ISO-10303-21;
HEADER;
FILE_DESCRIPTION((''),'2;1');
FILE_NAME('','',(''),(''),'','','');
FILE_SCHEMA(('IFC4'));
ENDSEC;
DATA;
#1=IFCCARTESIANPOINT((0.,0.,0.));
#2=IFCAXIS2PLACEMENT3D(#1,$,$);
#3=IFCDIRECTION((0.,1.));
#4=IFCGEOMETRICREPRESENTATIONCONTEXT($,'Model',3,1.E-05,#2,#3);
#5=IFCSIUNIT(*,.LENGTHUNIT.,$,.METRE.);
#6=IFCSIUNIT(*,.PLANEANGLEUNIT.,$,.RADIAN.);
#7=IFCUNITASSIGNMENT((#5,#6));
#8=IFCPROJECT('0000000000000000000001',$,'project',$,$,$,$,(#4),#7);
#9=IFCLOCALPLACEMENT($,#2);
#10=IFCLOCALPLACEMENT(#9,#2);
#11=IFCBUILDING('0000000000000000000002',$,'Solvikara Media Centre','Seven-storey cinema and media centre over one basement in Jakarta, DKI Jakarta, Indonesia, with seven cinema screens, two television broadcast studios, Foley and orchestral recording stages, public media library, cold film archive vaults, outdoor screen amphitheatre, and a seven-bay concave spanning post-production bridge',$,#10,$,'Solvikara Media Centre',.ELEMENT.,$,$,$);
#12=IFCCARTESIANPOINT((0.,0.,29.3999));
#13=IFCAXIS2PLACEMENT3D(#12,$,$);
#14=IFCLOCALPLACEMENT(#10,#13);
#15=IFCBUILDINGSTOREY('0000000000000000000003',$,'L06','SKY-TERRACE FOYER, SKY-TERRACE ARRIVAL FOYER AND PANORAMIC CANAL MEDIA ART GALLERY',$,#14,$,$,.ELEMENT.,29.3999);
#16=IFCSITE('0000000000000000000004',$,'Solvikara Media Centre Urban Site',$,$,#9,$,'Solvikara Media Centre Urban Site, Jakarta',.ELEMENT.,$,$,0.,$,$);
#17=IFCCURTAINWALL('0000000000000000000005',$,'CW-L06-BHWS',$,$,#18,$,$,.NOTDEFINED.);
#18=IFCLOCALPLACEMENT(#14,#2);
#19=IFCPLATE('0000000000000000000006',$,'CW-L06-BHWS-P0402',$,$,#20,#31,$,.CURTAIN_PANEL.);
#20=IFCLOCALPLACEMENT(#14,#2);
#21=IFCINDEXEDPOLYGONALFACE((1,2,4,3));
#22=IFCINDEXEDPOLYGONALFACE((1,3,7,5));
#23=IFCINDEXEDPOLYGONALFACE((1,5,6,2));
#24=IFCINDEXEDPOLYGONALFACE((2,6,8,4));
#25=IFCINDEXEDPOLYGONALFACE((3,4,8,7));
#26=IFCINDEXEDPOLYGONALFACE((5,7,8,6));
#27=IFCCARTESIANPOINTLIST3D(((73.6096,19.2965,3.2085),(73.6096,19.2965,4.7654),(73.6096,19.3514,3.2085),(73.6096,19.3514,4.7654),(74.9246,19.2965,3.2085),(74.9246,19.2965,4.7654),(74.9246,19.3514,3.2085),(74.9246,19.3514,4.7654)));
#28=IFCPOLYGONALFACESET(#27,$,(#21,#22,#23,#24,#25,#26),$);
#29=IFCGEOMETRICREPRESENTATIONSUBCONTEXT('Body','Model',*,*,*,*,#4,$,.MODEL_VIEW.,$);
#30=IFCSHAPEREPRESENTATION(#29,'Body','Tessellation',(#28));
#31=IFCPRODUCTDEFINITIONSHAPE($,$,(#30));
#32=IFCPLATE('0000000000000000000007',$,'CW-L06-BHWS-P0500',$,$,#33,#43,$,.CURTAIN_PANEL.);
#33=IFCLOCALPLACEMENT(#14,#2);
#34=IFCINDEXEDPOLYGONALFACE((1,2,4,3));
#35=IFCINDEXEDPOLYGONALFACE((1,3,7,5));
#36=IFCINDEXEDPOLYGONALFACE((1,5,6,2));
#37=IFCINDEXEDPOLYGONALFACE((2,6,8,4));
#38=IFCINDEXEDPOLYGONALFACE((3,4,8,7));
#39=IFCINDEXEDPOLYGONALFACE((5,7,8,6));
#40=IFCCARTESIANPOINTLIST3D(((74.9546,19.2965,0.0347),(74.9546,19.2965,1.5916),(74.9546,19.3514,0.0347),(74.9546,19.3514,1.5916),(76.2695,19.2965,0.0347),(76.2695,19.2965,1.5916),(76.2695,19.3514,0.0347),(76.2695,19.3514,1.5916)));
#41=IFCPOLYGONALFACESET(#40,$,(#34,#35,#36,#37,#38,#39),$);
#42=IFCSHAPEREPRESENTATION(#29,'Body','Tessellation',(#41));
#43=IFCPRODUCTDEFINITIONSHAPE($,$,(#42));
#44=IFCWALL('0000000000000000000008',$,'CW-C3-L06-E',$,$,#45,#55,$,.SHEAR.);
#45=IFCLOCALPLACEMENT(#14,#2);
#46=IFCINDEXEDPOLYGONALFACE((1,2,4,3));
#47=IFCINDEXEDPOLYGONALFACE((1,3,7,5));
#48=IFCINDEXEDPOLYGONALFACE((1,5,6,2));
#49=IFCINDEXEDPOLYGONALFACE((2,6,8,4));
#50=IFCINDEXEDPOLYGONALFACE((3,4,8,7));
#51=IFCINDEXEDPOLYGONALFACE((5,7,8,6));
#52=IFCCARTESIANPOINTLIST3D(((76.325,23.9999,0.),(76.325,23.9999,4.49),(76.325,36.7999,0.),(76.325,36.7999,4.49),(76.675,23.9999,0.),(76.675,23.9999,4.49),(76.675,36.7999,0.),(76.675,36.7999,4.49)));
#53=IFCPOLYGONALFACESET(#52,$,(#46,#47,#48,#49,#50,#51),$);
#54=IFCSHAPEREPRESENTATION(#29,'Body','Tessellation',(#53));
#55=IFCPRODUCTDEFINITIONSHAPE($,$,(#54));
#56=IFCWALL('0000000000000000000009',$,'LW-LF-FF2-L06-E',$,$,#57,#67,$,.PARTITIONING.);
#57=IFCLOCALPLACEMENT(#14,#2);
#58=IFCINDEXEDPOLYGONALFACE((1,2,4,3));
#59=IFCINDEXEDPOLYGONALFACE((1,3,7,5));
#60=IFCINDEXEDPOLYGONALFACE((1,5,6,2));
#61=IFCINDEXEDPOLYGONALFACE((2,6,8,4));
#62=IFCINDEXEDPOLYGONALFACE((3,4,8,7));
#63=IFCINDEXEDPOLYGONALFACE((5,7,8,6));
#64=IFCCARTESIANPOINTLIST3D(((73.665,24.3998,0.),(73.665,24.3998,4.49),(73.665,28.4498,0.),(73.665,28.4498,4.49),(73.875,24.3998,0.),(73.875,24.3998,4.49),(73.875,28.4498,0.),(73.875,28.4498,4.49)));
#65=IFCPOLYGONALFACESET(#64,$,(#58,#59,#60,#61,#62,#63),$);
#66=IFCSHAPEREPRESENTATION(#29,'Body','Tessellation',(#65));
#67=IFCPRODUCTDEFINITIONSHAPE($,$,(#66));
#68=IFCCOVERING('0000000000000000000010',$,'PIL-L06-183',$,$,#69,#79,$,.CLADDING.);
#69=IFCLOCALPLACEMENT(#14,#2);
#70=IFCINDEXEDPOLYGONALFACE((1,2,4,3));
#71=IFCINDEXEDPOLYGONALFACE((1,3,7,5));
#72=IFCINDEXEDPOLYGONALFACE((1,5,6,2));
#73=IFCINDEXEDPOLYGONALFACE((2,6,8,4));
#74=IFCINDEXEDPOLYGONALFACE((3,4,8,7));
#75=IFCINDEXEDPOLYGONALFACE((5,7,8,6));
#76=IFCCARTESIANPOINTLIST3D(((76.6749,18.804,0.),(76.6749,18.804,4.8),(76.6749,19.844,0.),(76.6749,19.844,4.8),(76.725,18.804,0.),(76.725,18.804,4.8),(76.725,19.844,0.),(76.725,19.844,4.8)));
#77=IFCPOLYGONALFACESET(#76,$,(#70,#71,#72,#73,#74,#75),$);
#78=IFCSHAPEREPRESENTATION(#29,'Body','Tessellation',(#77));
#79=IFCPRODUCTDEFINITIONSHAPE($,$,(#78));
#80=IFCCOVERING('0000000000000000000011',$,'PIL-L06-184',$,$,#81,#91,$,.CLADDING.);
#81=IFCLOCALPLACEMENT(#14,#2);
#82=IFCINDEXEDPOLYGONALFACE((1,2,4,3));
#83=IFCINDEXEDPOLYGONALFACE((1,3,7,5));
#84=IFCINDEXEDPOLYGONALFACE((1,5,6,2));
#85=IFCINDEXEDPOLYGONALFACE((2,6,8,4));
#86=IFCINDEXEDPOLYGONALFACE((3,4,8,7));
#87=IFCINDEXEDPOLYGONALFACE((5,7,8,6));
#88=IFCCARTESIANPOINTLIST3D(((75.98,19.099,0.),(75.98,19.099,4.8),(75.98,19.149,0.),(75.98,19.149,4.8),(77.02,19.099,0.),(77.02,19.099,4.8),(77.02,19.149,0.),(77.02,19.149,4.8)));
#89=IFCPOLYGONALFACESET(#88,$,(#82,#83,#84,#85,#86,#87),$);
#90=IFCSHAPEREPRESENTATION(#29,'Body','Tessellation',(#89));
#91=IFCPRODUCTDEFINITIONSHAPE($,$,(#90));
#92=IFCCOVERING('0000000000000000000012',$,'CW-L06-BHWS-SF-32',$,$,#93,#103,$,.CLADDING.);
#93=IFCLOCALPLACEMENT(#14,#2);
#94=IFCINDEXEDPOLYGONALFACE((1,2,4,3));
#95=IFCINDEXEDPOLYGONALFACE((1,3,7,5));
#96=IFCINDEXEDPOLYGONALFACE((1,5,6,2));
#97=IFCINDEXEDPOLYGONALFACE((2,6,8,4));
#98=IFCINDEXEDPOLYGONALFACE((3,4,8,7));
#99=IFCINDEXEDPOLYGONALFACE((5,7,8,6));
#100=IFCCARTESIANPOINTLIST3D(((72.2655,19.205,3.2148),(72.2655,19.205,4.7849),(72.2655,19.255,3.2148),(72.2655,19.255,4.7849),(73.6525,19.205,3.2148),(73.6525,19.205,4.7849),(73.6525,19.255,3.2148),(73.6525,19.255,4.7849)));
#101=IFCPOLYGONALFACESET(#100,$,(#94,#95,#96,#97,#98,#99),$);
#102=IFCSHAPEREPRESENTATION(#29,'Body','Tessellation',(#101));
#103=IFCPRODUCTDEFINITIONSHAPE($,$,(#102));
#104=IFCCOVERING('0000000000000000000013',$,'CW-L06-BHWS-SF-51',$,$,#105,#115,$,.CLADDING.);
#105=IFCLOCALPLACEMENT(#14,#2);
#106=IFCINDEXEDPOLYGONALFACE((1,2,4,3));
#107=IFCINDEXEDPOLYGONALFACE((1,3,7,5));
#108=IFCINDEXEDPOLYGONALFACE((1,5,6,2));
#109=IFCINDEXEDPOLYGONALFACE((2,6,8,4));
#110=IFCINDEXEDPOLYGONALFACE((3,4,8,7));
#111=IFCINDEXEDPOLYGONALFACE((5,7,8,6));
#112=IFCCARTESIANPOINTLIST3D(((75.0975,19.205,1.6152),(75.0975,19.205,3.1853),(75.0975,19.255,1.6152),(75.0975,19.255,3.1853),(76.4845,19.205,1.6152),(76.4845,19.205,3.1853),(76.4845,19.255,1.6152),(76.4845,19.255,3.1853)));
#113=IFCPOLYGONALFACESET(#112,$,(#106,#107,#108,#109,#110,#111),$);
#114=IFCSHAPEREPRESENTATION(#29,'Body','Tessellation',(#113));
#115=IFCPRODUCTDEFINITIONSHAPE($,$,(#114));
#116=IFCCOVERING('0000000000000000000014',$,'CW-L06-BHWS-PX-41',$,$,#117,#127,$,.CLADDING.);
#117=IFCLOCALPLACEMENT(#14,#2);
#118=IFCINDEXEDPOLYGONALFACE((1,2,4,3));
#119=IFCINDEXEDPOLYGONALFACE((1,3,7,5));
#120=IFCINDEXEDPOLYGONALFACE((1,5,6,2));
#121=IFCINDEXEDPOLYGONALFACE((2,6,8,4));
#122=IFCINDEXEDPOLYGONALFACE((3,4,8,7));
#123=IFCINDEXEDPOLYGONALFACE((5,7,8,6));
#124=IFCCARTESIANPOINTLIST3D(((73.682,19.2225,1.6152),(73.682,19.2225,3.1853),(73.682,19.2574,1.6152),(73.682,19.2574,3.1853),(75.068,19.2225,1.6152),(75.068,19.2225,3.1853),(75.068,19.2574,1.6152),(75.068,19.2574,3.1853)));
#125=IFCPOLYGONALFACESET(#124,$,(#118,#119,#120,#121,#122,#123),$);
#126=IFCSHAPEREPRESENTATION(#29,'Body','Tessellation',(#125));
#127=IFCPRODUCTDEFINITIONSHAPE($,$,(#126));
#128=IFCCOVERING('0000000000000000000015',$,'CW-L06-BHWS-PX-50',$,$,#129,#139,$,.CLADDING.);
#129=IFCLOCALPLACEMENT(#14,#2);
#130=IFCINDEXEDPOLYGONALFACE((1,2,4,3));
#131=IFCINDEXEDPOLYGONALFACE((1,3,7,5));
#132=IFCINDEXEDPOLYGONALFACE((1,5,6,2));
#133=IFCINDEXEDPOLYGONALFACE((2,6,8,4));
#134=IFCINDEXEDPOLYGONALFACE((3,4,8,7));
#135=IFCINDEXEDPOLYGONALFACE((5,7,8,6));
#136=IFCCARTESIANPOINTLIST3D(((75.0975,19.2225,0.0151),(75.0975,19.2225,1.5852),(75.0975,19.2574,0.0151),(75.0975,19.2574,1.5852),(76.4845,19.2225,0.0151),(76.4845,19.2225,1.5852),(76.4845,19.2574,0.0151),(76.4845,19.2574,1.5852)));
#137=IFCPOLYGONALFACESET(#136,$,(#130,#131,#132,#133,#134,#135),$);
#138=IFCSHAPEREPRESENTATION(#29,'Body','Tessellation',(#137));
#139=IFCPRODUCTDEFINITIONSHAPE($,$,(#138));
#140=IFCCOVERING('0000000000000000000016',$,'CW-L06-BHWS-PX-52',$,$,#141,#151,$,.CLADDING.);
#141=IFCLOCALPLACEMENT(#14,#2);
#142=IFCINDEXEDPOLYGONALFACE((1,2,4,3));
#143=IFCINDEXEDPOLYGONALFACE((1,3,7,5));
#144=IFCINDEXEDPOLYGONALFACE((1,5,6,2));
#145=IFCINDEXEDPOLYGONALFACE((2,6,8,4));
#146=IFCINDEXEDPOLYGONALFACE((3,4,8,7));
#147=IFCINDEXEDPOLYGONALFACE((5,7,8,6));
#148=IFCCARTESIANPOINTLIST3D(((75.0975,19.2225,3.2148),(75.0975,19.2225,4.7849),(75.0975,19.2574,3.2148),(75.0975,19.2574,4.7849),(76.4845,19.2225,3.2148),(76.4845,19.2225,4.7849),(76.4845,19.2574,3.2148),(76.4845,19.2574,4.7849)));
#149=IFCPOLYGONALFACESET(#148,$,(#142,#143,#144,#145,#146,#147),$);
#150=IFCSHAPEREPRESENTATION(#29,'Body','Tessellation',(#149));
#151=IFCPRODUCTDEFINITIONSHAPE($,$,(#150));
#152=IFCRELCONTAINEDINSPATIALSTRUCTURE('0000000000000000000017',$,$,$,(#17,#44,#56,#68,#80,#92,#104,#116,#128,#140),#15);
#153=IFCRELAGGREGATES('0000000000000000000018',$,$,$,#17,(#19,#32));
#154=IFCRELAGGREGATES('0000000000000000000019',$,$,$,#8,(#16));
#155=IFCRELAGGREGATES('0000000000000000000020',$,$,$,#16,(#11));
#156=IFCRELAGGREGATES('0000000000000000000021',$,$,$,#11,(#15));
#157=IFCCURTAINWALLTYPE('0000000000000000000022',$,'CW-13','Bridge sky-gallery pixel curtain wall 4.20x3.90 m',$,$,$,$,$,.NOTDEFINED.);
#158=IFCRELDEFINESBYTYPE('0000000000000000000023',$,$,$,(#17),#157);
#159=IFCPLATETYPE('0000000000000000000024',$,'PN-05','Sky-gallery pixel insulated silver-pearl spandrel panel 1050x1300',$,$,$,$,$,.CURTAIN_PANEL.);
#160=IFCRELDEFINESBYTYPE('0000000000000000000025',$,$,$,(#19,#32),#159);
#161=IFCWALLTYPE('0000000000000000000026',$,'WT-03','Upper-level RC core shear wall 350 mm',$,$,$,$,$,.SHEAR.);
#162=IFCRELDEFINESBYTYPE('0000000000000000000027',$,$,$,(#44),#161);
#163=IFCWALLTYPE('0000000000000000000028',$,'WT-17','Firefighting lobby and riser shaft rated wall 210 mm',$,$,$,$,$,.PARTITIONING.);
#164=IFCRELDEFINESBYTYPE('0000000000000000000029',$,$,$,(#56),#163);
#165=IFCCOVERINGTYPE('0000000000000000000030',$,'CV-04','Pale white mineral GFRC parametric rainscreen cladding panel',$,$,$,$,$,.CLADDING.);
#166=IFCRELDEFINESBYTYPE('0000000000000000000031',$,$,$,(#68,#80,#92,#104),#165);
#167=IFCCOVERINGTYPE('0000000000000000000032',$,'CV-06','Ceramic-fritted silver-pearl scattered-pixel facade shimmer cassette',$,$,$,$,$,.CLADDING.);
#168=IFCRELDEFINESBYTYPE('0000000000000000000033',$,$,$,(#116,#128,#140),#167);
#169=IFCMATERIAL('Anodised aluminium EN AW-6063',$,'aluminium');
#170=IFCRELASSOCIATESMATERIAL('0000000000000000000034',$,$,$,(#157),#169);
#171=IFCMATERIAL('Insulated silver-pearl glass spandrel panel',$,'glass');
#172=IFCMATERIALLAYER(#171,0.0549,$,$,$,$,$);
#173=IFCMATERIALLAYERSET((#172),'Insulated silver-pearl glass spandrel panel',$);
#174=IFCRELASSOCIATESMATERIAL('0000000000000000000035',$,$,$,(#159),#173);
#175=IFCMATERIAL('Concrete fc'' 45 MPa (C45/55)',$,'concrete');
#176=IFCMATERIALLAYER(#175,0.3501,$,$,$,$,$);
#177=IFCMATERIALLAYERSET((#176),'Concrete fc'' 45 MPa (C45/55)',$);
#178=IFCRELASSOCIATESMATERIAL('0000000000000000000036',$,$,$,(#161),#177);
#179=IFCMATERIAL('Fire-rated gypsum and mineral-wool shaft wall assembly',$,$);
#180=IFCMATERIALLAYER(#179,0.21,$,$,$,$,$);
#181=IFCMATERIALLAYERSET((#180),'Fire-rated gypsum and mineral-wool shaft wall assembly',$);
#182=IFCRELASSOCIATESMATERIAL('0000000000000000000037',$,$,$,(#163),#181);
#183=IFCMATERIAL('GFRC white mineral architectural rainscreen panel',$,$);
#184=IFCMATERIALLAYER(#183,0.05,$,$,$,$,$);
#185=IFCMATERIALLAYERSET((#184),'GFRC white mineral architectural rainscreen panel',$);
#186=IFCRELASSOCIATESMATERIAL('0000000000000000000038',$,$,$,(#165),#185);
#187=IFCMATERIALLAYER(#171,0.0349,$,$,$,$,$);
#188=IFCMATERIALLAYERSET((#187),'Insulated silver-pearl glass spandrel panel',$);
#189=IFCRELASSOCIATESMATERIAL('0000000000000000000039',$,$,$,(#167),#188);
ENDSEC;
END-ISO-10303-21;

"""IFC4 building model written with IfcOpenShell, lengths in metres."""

from ifc_helpers import new_model, si_unit, direction, frame, frame_2d, origin, origin_2d, place, context, subcontext, project, spatial, rectangle, extrude, material, layer, layer_set, type_object, element, aggregate, save


model = new_model("IFC4")

# Units and contexts
model_context = context("Model", 3, precision=1e-05, world=origin(), true_north=direction((0.0, 1.0)))
body_context = subcontext(model_context, "Body", "Model", "MODEL_VIEW")
ifc_project = project(units=[si_unit("LENGTHUNIT", "METRE"), si_unit("PLANEANGLEUNIT", "RADIAN")], contexts=[model_context])

# Site, building, storey
site_placement = place(None, origin())
site = spatial("IfcSite", under=ifc_project, at=site_placement, Name="Solvikara Media Centre Urban Site", LongName="Solvikara Media Centre Urban Site, Jakarta", CompositionType="ELEMENT", RefElevation=0.0)
building_placement = place(site_placement, origin())
building = spatial("IfcBuilding", under=site, at=building_placement, Name="Solvikara Media Centre", Description="Seven-storey cinema and media centre over one basement in Jakarta, DKI Jakarta, Indonesia, with seven cinema screens, two television broadcast studios, Foley and orchestral recording stages, public media library, cold film archive vaults, outdoor screen amphitheatre, and a seven-bay concave spanning post-production bridge", LongName="Solvikara Media Centre", CompositionType="ELEMENT")
storey_placement = place(building_placement, frame((0.0, 0.0, 29.3999)))
storey = spatial("IfcBuildingStorey", under=building, at=storey_placement, Name="L06", Description="SKY-TERRACE FOYER, SKY-TERRACE ARRIVAL FOYER AND PANORAMIC CANAL MEDIA ART GALLERY", CompositionType="ELEMENT", Elevation=29.3999)

# Curtain wall
ifc_material_1 = material(Name="Anodised aluminium EN AW-6063", Category="aluminium")
curtain_wall_type = type_object("IfcCurtainWallType", Name="CW-13", Description="Bridge sky-gallery pixel curtain wall 4.20x3.90 m", PredefinedType="NOTDEFINED", material=ifc_material_1)
curtain_wall_1_placement = place(storey_placement, origin())
curtain_wall_1 = element("IfcCurtainWall", 1, at=curtain_wall_1_placement, inside=storey, type_object=curtain_wall_type, Name="CW-L06-BHWS", PredefinedType="NOTDEFINED")

# Plates
ifc_material_2 = material(Name="Insulated silver-pearl glass spandrel panel", Category="glass")
ifc_layer_1 = layer(ifc_material_2, 0.0549)
ifc_layer_set_1 = layer_set([ifc_layer_1], Name="Insulated silver-pearl glass spandrel panel")
plate_type_1 = type_object("IfcPlateType", Name="PN-05", Description="Sky-gallery pixel insulated silver-pearl spandrel panel 1050x1300", PredefinedType="CURTAIN_PANEL", material=ifc_layer_set_1)
plate_1_placement = place(storey_placement, frame((74.2671, 19.324, 3.2085), z_axis=(0.0, 0.0, 1.0), x_axis=(1.0, 0.0, 0.0)))
plate_1 = element("IfcPlate", 2, at=plate_1_placement, type_object=plate_type_1, Name="CW-L06-BHWS-P0402", PredefinedType="CURTAIN_PANEL", context=body_context, shape_type="SweptSolid", body=[
    extrude(rectangle(XDim=1.3149, YDim=0.0549, at=origin_2d()), origin(), (0.0, 0.0, 1.0), 1.5569),
])
plate_2_placement = place(storey_placement, frame((75.6121, 19.324, 0.0347), z_axis=(0.0, 0.0, 1.0), x_axis=(1.0, 0.0, 0.0)))
plate_2 = element("IfcPlate", 3, at=plate_2_placement, type_object=plate_type_1, Name="CW-L06-BHWS-P0500", PredefinedType="CURTAIN_PANEL", context=body_context, shape_type="SweptSolid", body=[
    extrude(rectangle(XDim=1.3149, YDim=0.0549, at=origin_2d()), origin(), (0.0, 0.0, 1.0), 1.5569),
])
aggregate(curtain_wall_1, [plate_1, plate_2])

# Walls
ifc_material_3 = material(Name="Concrete fc' 45 MPa (C45/55)", Category="concrete")
ifc_layer_2 = layer(ifc_material_3, 0.3501)
ifc_layer_set_2 = layer_set([ifc_layer_2], Name="Concrete fc' 45 MPa (C45/55)")
wall_type_1 = type_object("IfcWallType", Name="WT-03", Description="Upper-level RC core shear wall 350 mm", PredefinedType="SHEAR", material=ifc_layer_set_2)
wall_1_placement = place(storey_placement, frame((76.5, 24.0, 0.0), z_axis=(0.0, 0.0, 1.0), x_axis=(0.0, 1.0, 0.0)))
element("IfcWall", 4, at=wall_1_placement, inside=storey, type_object=wall_type_1, Name="CW-C3-L06-E", PredefinedType="SHEAR", context=body_context, shape_type="SweptSolid", body=[
    extrude(rectangle(XDim=12.8, YDim=0.3501, at=frame_2d((6.3999, 0.0))), origin(), (0.0, 0.0, 1.0), 4.49),
])
ifc_material_4 = material(Name="Fire-rated gypsum and mineral-wool shaft wall assembly")
ifc_layer_3 = layer(ifc_material_4, 0.21)
ifc_layer_set_3 = layer_set([ifc_layer_3], Name="Fire-rated gypsum and mineral-wool shaft wall assembly")
wall_type_2 = type_object("IfcWallType", Name="WT-17", Description="Firefighting lobby and riser shaft rated wall 210 mm", PredefinedType="PARTITIONING", material=ifc_layer_set_3)
wall_2_placement = place(storey_placement, frame((73.77, 24.3999, 0.0), z_axis=(0.0, 0.0, 1.0), x_axis=(0.0, 1.0, 0.0)))
element("IfcWall", 5, at=wall_2_placement, inside=storey, type_object=wall_type_2, Name="LW-LF-FF2-L06-E", PredefinedType="PARTITIONING", context=body_context, shape_type="SweptSolid", body=[
    extrude(rectangle(XDim=4.05, YDim=0.21, at=frame_2d((2.0249, 0.0))), origin(), (0.0, 0.0, 1.0), 4.49),
])

# Coverings
ifc_material_5 = material(Name="GFRC white mineral architectural rainscreen panel")
ifc_layer_4 = layer(ifc_material_5, 0.05)
ifc_layer_set_4 = layer_set([ifc_layer_4], Name="GFRC white mineral architectural rainscreen panel")
covering_type_1 = type_object("IfcCoveringType", Name="CV-04", Description="Pale white mineral GFRC parametric rainscreen cladding panel", PredefinedType="CLADDING", material=ifc_layer_set_4)
for number, where, z_axis, x_axis, name in (
    (6, (76.7, 19.324, 0.0), (0.0, 0.0, 1.0), (0.0, 1.0, 0.0), "PIL-L06-183"),
    (7, (76.5, 19.124, 0.0), (0.0, 0.0, 1.0), (1.0, 0.0, 0.0), "PIL-L06-184"),
):
    element("IfcCovering", number, at=place(storey_placement, frame(where, z_axis=z_axis, x_axis=x_axis)), inside=storey, type_object=covering_type_1, Name=name, PredefinedType="CLADDING", context=body_context, shape_type="SweptSolid", body=[
        extrude(rectangle(XDim=1.04, YDim=0.05, at=origin_2d()), origin(), (0.0, 0.0, 1.0), 4.8),
    ])
for number, where, z_axis, x_axis, name in (
    (8, (72.959, 19.23, 3.2148), (0.0, 0.0, 1.0), (1.0, 0.0, 0.0), "CW-L06-BHWS-SF-32"),
    (9, (75.791, 19.23, 1.6152), (0.0, 0.0, 1.0), (1.0, 0.0, 0.0), "CW-L06-BHWS-SF-51"),
):
    element("IfcCovering", number, at=place(storey_placement, frame(where, z_axis=z_axis, x_axis=x_axis)), inside=storey, type_object=covering_type_1, Name=name, PredefinedType="CLADDING", context=body_context, shape_type="SweptSolid", body=[
        extrude(rectangle(XDim=1.387, YDim=0.05, at=origin_2d()), origin(), (0.0, 0.0, 1.0), 1.5701),
    ])
ifc_layer_5 = layer(ifc_material_2, 0.0349)
ifc_layer_set_5 = layer_set([ifc_layer_5], Name="Insulated silver-pearl glass spandrel panel")
covering_type_2 = type_object("IfcCoveringType", Name="CV-06", Description="Ceramic-fritted silver-pearl scattered-pixel facade shimmer cassette", PredefinedType="CLADDING", material=ifc_layer_set_5)
covering_placement = place(storey_placement, frame((74.375, 19.24, 1.6152), z_axis=(0.0, 0.0, 1.0), x_axis=(1.0, 0.0, 0.0)))
element("IfcCovering", 10, at=covering_placement, inside=storey, type_object=covering_type_2, Name="CW-L06-BHWS-PX-41", PredefinedType="CLADDING", context=body_context, shape_type="SweptSolid", body=[
    extrude(rectangle(XDim=1.386, YDim=0.0349, at=origin_2d()), origin(), (0.0, 0.0, 1.0), 1.5701),
])
for number, where, z_axis, x_axis, name in (
    (11, (75.791, 19.24, 0.0151), (0.0, 0.0, 1.0), (1.0, 0.0, 0.0), "CW-L06-BHWS-PX-50"),
    (12, (75.791, 19.24, 3.2148), (0.0, 0.0, 1.0), (1.0, 0.0, 0.0), "CW-L06-BHWS-PX-52"),
):
    element("IfcCovering", number, at=place(storey_placement, frame(where, z_axis=z_axis, x_axis=x_axis)), inside=storey, type_object=covering_type_2, Name=name, PredefinedType="CLADDING", context=body_context, shape_type="SweptSolid", body=[
        extrude(rectangle(XDim=1.387, YDim=0.0349, at=origin_2d()), origin(), (0.0, 0.0, 1.0), 1.5701),
    ])

save(model, "model.ifc")
